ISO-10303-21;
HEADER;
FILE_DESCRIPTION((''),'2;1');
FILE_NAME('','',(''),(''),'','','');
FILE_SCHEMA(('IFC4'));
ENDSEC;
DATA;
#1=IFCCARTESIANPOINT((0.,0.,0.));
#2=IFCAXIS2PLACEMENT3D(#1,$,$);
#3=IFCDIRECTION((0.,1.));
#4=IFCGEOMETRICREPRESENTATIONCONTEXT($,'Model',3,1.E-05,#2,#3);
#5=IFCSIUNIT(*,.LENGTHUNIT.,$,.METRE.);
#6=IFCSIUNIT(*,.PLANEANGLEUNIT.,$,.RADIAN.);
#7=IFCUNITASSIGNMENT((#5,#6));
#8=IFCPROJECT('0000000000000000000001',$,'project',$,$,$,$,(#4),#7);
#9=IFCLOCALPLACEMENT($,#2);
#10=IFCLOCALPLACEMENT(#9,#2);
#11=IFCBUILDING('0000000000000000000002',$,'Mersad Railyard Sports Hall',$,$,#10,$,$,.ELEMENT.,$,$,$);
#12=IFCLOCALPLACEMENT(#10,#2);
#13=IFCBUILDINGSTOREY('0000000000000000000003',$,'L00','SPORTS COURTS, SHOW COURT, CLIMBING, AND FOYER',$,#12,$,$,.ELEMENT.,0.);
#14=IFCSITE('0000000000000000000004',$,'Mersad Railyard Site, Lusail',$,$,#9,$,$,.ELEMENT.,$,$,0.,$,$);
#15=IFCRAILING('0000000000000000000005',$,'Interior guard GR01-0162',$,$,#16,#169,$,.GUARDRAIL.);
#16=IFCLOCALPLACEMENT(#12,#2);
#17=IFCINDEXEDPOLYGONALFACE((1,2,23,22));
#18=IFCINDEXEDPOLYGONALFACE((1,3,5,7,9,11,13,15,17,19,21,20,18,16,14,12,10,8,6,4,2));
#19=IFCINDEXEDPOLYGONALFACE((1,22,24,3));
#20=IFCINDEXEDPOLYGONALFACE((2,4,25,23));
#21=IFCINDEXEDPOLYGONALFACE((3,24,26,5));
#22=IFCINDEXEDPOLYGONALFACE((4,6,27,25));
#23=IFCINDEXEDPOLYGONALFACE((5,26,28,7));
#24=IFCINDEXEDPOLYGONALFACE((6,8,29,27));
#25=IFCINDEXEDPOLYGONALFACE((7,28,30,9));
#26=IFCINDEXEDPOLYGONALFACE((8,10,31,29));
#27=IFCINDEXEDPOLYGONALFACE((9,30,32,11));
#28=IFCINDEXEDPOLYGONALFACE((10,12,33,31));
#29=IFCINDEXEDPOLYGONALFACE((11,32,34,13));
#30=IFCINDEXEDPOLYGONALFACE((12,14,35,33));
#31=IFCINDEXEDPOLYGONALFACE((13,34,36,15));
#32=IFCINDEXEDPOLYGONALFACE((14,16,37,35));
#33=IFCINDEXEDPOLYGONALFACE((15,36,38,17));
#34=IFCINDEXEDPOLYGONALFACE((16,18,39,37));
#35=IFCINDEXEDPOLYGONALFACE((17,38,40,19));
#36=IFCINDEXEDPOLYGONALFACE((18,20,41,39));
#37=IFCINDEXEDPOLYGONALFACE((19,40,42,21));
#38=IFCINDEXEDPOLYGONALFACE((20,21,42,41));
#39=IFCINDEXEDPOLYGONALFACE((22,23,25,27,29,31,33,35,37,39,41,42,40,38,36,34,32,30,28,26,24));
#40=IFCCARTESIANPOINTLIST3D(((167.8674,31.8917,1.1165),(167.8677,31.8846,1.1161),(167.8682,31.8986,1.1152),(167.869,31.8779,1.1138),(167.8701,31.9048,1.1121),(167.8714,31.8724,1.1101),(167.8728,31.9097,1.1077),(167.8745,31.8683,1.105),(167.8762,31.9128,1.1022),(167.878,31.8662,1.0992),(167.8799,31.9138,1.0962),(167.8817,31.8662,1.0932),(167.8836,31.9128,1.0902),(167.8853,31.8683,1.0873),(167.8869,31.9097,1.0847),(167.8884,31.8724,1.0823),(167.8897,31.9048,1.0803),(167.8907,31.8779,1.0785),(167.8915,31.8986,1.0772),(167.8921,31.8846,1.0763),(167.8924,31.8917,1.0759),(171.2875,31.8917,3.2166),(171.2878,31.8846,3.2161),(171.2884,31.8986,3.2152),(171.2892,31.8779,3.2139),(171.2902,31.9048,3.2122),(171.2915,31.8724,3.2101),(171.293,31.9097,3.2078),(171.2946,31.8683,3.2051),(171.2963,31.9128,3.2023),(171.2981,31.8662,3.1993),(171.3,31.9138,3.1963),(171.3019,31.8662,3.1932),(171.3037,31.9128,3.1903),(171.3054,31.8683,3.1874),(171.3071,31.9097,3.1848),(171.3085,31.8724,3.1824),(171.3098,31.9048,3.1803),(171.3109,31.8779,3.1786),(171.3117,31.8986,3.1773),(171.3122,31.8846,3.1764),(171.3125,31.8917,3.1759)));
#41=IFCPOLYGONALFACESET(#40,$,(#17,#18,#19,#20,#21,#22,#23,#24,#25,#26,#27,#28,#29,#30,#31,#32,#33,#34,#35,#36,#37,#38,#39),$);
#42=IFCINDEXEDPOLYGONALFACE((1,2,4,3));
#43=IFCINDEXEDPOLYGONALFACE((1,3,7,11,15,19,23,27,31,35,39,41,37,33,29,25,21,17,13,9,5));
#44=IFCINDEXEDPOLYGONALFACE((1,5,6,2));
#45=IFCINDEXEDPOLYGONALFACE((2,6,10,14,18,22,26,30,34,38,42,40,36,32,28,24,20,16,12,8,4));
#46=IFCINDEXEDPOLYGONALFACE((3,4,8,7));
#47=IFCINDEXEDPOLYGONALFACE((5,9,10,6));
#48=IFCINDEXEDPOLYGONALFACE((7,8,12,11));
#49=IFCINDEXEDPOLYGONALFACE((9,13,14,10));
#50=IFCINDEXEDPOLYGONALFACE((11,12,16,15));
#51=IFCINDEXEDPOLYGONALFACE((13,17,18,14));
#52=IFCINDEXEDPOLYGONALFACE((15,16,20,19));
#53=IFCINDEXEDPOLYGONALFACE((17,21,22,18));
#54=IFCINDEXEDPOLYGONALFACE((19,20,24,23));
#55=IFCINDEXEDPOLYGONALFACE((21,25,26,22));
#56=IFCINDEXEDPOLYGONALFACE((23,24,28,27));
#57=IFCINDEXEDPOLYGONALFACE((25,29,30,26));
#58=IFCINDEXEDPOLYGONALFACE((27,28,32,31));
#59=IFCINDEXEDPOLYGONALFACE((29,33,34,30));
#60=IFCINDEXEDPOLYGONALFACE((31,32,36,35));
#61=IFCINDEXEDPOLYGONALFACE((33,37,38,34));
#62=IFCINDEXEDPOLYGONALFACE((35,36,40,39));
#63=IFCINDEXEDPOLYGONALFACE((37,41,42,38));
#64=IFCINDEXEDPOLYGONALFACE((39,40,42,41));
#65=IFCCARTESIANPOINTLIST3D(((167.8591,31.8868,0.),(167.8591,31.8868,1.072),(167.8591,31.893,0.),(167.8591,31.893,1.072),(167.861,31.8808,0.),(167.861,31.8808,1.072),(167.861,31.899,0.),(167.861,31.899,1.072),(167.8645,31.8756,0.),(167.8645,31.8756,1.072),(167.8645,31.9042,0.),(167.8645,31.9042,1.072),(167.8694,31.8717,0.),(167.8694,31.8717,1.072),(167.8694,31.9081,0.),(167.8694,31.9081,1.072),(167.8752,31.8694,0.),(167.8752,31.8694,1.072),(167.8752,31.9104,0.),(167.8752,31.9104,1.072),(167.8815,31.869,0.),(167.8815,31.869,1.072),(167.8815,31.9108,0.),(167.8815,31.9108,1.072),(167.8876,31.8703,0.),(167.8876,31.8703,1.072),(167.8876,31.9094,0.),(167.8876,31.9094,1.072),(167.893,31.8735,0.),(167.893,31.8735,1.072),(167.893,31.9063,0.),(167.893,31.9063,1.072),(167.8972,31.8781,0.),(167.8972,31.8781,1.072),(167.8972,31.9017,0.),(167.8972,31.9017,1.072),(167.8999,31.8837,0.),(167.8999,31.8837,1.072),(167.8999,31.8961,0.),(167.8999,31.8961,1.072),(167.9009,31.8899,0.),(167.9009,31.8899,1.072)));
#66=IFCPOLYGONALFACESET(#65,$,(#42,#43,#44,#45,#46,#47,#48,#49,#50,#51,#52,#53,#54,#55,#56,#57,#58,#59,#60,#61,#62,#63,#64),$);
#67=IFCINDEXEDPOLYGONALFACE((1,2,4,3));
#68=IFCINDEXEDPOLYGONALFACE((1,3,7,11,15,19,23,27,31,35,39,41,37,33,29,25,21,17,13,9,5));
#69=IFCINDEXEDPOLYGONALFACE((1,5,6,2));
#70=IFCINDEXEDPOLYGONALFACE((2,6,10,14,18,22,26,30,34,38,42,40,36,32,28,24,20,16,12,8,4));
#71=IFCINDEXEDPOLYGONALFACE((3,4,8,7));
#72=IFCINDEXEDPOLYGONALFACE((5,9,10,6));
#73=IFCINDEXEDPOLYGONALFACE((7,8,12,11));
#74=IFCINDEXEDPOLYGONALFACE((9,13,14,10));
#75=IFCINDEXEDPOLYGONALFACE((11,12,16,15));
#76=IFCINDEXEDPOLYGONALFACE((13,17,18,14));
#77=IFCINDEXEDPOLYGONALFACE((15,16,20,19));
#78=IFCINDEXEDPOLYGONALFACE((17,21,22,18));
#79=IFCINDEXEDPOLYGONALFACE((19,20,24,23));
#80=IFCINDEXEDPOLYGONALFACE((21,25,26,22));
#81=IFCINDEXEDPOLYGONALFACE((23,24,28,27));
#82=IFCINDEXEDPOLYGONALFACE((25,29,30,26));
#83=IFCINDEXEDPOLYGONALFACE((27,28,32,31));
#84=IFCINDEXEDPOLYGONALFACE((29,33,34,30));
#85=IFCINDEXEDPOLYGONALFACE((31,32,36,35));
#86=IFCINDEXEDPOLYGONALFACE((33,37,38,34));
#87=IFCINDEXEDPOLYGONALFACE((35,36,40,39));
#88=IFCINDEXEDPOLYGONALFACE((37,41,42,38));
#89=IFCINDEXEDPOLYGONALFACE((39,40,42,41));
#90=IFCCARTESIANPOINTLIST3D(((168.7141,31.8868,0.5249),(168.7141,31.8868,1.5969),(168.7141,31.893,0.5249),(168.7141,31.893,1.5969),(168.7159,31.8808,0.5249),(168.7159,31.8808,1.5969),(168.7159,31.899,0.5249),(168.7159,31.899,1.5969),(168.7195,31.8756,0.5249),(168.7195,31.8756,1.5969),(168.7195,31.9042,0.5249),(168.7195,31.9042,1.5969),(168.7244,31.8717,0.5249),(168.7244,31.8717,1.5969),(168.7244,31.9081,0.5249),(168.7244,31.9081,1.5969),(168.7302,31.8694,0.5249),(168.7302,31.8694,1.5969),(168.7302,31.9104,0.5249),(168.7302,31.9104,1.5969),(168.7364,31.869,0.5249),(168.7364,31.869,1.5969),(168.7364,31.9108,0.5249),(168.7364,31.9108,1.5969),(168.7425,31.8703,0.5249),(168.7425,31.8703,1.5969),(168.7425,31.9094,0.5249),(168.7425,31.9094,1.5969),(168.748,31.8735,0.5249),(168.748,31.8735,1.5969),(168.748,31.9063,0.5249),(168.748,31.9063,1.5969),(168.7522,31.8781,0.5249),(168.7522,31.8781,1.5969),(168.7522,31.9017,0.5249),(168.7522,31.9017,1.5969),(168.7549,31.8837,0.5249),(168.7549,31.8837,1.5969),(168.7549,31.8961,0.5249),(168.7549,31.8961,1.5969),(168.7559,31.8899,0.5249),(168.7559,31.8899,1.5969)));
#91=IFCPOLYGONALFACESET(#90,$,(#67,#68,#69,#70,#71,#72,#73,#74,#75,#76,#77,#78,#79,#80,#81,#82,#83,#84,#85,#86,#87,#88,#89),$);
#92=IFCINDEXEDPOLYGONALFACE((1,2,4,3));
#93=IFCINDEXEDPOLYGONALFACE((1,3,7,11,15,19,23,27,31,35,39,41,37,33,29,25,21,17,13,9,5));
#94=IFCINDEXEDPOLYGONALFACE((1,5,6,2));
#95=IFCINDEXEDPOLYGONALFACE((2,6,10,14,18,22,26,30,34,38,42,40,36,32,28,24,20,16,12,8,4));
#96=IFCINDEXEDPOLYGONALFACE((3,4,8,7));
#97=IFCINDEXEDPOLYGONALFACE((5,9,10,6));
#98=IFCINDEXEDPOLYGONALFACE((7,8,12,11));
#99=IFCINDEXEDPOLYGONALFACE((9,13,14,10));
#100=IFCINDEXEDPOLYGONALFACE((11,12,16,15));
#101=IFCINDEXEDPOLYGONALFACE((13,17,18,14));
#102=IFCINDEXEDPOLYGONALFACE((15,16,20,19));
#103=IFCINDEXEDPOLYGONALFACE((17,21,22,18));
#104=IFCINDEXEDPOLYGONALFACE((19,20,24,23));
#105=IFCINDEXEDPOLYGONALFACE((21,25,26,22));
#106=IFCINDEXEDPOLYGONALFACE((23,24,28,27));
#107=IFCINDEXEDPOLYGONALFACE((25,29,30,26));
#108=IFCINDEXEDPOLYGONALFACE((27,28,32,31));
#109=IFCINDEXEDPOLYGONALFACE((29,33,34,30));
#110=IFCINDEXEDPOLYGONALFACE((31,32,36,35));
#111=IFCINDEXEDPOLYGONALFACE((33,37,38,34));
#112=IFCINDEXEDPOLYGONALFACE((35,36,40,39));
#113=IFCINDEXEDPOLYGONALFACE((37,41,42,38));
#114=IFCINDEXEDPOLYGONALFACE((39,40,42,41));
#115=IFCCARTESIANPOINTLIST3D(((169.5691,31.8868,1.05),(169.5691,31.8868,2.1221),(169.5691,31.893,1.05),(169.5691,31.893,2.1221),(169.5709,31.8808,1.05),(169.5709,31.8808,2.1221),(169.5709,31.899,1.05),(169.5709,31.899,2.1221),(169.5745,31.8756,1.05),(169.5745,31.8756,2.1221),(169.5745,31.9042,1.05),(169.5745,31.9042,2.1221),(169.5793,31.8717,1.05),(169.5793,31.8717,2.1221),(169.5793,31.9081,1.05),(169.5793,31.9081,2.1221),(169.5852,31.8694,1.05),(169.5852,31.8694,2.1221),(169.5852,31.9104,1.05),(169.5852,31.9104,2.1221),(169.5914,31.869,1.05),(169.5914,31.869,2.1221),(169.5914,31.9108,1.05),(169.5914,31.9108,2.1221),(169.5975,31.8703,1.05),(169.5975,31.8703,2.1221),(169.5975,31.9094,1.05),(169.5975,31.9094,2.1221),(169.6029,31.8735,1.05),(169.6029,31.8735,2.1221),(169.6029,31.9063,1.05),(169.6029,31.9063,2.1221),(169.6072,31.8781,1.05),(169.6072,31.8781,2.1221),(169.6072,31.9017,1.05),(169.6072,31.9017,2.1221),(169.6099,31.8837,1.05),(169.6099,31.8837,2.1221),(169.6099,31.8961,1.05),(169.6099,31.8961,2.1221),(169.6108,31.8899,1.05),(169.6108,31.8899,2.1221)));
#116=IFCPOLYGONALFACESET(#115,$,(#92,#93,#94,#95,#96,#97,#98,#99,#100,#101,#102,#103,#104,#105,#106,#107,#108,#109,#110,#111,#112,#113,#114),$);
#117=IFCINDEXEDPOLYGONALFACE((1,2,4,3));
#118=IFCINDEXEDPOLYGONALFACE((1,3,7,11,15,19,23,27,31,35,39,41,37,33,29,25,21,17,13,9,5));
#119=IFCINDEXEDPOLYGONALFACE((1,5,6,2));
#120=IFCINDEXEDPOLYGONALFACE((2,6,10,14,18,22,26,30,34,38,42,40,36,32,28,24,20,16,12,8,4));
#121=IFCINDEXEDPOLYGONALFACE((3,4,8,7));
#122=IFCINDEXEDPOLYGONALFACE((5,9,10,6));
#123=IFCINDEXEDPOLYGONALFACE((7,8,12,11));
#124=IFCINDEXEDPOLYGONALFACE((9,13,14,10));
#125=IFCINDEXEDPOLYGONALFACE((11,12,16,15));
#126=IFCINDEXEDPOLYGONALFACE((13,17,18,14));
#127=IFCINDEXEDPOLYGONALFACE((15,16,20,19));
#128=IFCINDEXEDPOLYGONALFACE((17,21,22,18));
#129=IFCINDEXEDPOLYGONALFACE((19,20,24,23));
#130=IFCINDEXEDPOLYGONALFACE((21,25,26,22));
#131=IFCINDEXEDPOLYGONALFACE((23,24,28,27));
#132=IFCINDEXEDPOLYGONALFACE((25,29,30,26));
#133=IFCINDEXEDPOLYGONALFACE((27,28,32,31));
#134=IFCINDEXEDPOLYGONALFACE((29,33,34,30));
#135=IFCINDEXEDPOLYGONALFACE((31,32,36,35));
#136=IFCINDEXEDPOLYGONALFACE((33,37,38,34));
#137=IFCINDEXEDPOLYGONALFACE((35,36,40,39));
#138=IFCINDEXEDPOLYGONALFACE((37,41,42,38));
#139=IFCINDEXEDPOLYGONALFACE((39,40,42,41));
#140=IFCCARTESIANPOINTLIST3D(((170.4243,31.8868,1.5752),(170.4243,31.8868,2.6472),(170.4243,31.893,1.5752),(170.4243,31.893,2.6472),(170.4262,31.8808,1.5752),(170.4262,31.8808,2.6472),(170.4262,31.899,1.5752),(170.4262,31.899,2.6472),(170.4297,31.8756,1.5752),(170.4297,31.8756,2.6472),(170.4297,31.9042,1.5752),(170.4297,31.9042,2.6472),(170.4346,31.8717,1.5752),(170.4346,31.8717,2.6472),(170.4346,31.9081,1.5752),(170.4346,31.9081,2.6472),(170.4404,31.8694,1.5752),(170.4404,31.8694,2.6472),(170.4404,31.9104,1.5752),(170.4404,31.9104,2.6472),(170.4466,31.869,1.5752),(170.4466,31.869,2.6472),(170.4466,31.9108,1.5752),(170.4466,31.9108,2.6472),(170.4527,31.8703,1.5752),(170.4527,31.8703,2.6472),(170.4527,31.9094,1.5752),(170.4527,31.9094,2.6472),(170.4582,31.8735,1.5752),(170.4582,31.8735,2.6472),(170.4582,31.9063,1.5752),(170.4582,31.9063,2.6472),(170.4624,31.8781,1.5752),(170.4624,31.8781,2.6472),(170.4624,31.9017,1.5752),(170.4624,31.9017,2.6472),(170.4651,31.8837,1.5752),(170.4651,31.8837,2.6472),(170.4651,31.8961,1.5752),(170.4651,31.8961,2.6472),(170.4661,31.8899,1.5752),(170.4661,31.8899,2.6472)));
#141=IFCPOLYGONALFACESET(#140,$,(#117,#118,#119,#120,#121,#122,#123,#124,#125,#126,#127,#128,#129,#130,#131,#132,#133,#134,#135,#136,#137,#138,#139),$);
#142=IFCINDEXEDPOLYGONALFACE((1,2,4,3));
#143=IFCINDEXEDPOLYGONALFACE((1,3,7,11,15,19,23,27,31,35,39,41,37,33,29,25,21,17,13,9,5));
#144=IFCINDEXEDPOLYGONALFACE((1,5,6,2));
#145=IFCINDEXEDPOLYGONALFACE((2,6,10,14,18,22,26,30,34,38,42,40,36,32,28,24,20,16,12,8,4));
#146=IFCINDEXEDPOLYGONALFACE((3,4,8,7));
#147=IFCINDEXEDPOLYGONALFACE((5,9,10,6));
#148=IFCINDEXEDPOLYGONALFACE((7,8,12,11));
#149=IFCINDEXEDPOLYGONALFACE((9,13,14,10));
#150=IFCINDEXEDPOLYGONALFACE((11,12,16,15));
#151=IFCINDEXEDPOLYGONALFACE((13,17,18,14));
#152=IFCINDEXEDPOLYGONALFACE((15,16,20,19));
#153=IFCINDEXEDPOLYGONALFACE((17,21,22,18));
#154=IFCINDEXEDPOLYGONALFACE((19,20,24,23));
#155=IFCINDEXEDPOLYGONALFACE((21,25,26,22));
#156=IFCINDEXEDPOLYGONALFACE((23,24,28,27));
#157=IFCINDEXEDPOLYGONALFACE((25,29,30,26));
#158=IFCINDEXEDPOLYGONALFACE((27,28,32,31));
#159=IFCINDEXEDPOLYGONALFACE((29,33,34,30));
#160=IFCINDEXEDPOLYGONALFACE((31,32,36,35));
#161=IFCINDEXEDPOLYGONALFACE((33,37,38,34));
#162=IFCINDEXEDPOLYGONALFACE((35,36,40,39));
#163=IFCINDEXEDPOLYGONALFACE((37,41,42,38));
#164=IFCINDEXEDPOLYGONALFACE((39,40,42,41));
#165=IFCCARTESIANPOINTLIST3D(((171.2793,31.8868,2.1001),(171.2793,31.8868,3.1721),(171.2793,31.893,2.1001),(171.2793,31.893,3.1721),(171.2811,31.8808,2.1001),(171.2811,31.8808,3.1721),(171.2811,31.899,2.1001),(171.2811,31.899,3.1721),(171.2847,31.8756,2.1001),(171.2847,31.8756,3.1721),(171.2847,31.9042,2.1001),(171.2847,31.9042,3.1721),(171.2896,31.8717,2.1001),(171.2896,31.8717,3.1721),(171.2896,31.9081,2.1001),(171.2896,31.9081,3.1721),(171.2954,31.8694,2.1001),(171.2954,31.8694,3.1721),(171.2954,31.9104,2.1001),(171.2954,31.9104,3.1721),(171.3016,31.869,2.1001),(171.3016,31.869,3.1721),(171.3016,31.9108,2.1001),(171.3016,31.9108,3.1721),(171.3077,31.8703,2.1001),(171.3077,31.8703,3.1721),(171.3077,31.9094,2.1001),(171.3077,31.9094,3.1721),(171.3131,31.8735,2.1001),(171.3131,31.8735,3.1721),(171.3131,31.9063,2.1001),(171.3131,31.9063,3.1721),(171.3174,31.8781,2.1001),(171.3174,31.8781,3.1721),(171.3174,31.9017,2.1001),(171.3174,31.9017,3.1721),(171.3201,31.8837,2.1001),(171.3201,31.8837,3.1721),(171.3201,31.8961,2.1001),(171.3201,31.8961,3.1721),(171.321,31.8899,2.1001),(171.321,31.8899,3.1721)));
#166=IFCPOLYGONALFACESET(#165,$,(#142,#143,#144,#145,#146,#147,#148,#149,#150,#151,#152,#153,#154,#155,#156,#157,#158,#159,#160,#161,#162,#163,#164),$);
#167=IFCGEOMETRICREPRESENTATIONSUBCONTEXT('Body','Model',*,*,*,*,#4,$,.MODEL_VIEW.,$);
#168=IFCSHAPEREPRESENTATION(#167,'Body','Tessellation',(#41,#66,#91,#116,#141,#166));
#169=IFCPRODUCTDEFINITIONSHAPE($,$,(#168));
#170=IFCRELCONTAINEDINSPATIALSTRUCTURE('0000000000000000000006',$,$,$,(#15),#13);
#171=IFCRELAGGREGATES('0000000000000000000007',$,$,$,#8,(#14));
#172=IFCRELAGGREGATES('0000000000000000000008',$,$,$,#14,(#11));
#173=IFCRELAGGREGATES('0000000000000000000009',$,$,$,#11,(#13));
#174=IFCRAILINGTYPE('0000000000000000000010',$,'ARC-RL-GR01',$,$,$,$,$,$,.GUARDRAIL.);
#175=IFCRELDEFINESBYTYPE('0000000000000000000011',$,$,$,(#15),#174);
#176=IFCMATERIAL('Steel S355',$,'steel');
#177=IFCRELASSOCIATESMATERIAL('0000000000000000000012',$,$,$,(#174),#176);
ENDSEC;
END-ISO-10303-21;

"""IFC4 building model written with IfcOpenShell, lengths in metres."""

from ifc_helpers import new_model, si_unit, direction, frame, origin, origin_2d, place, context, subcontext, project, spatial, circle, extrude, material, type_object, element, save


model = new_model("IFC4")

# Units and contexts
model_context = context("Model", 3, precision=1e-05, world=origin(), true_north=direction((0.0, 1.0)))
body_context = subcontext(model_context, "Body", "Model", "MODEL_VIEW")
ifc_project = project(units=[si_unit("LENGTHUNIT", "METRE"), si_unit("PLANEANGLEUNIT", "RADIAN")], contexts=[model_context])

# Site, building, storey
site_placement = place(None, origin())
site = spatial("IfcSite", under=ifc_project, at=site_placement, Name="Mersad Railyard Site, Lusail", CompositionType="ELEMENT", RefElevation=0.0)
building_placement = place(site_placement, origin())
building = spatial("IfcBuilding", under=site, at=building_placement, Name="Mersad Railyard Sports Hall", CompositionType="ELEMENT")
storey_placement = place(building_placement, origin())
storey = spatial("IfcBuildingStorey", under=building, at=storey_placement, Name="L00", Description="SPORTS COURTS, SHOW COURT, CLIMBING, AND FOYER", CompositionType="ELEMENT", Elevation=0.0)

# Shared definitions
ifc_material_1 = material(Name="Steel S355", Category="steel")

# Railing
railing_type = type_object("IfcRailingType", Name="ARC-RL-GR01", PredefinedType="GUARDRAIL", material=ifc_material_1)
for number, where, name in (
    (1, (167.8799, 31.8899, 0.0), "Interior guard GR01-0162"),
):
    element("IfcRailing", number, at=place(storey_placement, frame(where)), inside=storey, type_object=railing_type, Name=name, PredefinedType="GUARDRAIL", context=body_context, shape_type="SweptSolid", body=[
        extrude(circle(Radius=0.0239, at=origin_2d()), frame((0.0, 0.0, 1.0962), z_axis=(0.852172, 0.0, 0.523262), x_axis=(0.0, 1.0, 0.0)), (0.0, 0.0, 1.0), 4.0134),
        extrude(circle(Radius=0.021, at=origin_2d()), origin(), (0.0, 0.0, 1.0), 1.072),
        extrude(circle(Radius=0.021, at=origin_2d()), frame((0.855, 0.0, 0.5249)), (0.0, 0.0, 1.0), 1.072),
        extrude(circle(Radius=0.021, at=origin_2d()), frame((1.71, 0.0, 1.05)), (0.0, 0.0, 1.0), 1.072),
        extrude(circle(Radius=0.021, at=origin_2d()), frame((2.5652, 0.0, 1.5752)), (0.0, 0.0, 1.0), 1.072),
        extrude(circle(Radius=0.021, at=origin_2d()), frame((3.4202, 0.0, 2.1001)), (0.0, 0.0, 1.0), 1.072),
    ])

save(model, "model.ifc")
